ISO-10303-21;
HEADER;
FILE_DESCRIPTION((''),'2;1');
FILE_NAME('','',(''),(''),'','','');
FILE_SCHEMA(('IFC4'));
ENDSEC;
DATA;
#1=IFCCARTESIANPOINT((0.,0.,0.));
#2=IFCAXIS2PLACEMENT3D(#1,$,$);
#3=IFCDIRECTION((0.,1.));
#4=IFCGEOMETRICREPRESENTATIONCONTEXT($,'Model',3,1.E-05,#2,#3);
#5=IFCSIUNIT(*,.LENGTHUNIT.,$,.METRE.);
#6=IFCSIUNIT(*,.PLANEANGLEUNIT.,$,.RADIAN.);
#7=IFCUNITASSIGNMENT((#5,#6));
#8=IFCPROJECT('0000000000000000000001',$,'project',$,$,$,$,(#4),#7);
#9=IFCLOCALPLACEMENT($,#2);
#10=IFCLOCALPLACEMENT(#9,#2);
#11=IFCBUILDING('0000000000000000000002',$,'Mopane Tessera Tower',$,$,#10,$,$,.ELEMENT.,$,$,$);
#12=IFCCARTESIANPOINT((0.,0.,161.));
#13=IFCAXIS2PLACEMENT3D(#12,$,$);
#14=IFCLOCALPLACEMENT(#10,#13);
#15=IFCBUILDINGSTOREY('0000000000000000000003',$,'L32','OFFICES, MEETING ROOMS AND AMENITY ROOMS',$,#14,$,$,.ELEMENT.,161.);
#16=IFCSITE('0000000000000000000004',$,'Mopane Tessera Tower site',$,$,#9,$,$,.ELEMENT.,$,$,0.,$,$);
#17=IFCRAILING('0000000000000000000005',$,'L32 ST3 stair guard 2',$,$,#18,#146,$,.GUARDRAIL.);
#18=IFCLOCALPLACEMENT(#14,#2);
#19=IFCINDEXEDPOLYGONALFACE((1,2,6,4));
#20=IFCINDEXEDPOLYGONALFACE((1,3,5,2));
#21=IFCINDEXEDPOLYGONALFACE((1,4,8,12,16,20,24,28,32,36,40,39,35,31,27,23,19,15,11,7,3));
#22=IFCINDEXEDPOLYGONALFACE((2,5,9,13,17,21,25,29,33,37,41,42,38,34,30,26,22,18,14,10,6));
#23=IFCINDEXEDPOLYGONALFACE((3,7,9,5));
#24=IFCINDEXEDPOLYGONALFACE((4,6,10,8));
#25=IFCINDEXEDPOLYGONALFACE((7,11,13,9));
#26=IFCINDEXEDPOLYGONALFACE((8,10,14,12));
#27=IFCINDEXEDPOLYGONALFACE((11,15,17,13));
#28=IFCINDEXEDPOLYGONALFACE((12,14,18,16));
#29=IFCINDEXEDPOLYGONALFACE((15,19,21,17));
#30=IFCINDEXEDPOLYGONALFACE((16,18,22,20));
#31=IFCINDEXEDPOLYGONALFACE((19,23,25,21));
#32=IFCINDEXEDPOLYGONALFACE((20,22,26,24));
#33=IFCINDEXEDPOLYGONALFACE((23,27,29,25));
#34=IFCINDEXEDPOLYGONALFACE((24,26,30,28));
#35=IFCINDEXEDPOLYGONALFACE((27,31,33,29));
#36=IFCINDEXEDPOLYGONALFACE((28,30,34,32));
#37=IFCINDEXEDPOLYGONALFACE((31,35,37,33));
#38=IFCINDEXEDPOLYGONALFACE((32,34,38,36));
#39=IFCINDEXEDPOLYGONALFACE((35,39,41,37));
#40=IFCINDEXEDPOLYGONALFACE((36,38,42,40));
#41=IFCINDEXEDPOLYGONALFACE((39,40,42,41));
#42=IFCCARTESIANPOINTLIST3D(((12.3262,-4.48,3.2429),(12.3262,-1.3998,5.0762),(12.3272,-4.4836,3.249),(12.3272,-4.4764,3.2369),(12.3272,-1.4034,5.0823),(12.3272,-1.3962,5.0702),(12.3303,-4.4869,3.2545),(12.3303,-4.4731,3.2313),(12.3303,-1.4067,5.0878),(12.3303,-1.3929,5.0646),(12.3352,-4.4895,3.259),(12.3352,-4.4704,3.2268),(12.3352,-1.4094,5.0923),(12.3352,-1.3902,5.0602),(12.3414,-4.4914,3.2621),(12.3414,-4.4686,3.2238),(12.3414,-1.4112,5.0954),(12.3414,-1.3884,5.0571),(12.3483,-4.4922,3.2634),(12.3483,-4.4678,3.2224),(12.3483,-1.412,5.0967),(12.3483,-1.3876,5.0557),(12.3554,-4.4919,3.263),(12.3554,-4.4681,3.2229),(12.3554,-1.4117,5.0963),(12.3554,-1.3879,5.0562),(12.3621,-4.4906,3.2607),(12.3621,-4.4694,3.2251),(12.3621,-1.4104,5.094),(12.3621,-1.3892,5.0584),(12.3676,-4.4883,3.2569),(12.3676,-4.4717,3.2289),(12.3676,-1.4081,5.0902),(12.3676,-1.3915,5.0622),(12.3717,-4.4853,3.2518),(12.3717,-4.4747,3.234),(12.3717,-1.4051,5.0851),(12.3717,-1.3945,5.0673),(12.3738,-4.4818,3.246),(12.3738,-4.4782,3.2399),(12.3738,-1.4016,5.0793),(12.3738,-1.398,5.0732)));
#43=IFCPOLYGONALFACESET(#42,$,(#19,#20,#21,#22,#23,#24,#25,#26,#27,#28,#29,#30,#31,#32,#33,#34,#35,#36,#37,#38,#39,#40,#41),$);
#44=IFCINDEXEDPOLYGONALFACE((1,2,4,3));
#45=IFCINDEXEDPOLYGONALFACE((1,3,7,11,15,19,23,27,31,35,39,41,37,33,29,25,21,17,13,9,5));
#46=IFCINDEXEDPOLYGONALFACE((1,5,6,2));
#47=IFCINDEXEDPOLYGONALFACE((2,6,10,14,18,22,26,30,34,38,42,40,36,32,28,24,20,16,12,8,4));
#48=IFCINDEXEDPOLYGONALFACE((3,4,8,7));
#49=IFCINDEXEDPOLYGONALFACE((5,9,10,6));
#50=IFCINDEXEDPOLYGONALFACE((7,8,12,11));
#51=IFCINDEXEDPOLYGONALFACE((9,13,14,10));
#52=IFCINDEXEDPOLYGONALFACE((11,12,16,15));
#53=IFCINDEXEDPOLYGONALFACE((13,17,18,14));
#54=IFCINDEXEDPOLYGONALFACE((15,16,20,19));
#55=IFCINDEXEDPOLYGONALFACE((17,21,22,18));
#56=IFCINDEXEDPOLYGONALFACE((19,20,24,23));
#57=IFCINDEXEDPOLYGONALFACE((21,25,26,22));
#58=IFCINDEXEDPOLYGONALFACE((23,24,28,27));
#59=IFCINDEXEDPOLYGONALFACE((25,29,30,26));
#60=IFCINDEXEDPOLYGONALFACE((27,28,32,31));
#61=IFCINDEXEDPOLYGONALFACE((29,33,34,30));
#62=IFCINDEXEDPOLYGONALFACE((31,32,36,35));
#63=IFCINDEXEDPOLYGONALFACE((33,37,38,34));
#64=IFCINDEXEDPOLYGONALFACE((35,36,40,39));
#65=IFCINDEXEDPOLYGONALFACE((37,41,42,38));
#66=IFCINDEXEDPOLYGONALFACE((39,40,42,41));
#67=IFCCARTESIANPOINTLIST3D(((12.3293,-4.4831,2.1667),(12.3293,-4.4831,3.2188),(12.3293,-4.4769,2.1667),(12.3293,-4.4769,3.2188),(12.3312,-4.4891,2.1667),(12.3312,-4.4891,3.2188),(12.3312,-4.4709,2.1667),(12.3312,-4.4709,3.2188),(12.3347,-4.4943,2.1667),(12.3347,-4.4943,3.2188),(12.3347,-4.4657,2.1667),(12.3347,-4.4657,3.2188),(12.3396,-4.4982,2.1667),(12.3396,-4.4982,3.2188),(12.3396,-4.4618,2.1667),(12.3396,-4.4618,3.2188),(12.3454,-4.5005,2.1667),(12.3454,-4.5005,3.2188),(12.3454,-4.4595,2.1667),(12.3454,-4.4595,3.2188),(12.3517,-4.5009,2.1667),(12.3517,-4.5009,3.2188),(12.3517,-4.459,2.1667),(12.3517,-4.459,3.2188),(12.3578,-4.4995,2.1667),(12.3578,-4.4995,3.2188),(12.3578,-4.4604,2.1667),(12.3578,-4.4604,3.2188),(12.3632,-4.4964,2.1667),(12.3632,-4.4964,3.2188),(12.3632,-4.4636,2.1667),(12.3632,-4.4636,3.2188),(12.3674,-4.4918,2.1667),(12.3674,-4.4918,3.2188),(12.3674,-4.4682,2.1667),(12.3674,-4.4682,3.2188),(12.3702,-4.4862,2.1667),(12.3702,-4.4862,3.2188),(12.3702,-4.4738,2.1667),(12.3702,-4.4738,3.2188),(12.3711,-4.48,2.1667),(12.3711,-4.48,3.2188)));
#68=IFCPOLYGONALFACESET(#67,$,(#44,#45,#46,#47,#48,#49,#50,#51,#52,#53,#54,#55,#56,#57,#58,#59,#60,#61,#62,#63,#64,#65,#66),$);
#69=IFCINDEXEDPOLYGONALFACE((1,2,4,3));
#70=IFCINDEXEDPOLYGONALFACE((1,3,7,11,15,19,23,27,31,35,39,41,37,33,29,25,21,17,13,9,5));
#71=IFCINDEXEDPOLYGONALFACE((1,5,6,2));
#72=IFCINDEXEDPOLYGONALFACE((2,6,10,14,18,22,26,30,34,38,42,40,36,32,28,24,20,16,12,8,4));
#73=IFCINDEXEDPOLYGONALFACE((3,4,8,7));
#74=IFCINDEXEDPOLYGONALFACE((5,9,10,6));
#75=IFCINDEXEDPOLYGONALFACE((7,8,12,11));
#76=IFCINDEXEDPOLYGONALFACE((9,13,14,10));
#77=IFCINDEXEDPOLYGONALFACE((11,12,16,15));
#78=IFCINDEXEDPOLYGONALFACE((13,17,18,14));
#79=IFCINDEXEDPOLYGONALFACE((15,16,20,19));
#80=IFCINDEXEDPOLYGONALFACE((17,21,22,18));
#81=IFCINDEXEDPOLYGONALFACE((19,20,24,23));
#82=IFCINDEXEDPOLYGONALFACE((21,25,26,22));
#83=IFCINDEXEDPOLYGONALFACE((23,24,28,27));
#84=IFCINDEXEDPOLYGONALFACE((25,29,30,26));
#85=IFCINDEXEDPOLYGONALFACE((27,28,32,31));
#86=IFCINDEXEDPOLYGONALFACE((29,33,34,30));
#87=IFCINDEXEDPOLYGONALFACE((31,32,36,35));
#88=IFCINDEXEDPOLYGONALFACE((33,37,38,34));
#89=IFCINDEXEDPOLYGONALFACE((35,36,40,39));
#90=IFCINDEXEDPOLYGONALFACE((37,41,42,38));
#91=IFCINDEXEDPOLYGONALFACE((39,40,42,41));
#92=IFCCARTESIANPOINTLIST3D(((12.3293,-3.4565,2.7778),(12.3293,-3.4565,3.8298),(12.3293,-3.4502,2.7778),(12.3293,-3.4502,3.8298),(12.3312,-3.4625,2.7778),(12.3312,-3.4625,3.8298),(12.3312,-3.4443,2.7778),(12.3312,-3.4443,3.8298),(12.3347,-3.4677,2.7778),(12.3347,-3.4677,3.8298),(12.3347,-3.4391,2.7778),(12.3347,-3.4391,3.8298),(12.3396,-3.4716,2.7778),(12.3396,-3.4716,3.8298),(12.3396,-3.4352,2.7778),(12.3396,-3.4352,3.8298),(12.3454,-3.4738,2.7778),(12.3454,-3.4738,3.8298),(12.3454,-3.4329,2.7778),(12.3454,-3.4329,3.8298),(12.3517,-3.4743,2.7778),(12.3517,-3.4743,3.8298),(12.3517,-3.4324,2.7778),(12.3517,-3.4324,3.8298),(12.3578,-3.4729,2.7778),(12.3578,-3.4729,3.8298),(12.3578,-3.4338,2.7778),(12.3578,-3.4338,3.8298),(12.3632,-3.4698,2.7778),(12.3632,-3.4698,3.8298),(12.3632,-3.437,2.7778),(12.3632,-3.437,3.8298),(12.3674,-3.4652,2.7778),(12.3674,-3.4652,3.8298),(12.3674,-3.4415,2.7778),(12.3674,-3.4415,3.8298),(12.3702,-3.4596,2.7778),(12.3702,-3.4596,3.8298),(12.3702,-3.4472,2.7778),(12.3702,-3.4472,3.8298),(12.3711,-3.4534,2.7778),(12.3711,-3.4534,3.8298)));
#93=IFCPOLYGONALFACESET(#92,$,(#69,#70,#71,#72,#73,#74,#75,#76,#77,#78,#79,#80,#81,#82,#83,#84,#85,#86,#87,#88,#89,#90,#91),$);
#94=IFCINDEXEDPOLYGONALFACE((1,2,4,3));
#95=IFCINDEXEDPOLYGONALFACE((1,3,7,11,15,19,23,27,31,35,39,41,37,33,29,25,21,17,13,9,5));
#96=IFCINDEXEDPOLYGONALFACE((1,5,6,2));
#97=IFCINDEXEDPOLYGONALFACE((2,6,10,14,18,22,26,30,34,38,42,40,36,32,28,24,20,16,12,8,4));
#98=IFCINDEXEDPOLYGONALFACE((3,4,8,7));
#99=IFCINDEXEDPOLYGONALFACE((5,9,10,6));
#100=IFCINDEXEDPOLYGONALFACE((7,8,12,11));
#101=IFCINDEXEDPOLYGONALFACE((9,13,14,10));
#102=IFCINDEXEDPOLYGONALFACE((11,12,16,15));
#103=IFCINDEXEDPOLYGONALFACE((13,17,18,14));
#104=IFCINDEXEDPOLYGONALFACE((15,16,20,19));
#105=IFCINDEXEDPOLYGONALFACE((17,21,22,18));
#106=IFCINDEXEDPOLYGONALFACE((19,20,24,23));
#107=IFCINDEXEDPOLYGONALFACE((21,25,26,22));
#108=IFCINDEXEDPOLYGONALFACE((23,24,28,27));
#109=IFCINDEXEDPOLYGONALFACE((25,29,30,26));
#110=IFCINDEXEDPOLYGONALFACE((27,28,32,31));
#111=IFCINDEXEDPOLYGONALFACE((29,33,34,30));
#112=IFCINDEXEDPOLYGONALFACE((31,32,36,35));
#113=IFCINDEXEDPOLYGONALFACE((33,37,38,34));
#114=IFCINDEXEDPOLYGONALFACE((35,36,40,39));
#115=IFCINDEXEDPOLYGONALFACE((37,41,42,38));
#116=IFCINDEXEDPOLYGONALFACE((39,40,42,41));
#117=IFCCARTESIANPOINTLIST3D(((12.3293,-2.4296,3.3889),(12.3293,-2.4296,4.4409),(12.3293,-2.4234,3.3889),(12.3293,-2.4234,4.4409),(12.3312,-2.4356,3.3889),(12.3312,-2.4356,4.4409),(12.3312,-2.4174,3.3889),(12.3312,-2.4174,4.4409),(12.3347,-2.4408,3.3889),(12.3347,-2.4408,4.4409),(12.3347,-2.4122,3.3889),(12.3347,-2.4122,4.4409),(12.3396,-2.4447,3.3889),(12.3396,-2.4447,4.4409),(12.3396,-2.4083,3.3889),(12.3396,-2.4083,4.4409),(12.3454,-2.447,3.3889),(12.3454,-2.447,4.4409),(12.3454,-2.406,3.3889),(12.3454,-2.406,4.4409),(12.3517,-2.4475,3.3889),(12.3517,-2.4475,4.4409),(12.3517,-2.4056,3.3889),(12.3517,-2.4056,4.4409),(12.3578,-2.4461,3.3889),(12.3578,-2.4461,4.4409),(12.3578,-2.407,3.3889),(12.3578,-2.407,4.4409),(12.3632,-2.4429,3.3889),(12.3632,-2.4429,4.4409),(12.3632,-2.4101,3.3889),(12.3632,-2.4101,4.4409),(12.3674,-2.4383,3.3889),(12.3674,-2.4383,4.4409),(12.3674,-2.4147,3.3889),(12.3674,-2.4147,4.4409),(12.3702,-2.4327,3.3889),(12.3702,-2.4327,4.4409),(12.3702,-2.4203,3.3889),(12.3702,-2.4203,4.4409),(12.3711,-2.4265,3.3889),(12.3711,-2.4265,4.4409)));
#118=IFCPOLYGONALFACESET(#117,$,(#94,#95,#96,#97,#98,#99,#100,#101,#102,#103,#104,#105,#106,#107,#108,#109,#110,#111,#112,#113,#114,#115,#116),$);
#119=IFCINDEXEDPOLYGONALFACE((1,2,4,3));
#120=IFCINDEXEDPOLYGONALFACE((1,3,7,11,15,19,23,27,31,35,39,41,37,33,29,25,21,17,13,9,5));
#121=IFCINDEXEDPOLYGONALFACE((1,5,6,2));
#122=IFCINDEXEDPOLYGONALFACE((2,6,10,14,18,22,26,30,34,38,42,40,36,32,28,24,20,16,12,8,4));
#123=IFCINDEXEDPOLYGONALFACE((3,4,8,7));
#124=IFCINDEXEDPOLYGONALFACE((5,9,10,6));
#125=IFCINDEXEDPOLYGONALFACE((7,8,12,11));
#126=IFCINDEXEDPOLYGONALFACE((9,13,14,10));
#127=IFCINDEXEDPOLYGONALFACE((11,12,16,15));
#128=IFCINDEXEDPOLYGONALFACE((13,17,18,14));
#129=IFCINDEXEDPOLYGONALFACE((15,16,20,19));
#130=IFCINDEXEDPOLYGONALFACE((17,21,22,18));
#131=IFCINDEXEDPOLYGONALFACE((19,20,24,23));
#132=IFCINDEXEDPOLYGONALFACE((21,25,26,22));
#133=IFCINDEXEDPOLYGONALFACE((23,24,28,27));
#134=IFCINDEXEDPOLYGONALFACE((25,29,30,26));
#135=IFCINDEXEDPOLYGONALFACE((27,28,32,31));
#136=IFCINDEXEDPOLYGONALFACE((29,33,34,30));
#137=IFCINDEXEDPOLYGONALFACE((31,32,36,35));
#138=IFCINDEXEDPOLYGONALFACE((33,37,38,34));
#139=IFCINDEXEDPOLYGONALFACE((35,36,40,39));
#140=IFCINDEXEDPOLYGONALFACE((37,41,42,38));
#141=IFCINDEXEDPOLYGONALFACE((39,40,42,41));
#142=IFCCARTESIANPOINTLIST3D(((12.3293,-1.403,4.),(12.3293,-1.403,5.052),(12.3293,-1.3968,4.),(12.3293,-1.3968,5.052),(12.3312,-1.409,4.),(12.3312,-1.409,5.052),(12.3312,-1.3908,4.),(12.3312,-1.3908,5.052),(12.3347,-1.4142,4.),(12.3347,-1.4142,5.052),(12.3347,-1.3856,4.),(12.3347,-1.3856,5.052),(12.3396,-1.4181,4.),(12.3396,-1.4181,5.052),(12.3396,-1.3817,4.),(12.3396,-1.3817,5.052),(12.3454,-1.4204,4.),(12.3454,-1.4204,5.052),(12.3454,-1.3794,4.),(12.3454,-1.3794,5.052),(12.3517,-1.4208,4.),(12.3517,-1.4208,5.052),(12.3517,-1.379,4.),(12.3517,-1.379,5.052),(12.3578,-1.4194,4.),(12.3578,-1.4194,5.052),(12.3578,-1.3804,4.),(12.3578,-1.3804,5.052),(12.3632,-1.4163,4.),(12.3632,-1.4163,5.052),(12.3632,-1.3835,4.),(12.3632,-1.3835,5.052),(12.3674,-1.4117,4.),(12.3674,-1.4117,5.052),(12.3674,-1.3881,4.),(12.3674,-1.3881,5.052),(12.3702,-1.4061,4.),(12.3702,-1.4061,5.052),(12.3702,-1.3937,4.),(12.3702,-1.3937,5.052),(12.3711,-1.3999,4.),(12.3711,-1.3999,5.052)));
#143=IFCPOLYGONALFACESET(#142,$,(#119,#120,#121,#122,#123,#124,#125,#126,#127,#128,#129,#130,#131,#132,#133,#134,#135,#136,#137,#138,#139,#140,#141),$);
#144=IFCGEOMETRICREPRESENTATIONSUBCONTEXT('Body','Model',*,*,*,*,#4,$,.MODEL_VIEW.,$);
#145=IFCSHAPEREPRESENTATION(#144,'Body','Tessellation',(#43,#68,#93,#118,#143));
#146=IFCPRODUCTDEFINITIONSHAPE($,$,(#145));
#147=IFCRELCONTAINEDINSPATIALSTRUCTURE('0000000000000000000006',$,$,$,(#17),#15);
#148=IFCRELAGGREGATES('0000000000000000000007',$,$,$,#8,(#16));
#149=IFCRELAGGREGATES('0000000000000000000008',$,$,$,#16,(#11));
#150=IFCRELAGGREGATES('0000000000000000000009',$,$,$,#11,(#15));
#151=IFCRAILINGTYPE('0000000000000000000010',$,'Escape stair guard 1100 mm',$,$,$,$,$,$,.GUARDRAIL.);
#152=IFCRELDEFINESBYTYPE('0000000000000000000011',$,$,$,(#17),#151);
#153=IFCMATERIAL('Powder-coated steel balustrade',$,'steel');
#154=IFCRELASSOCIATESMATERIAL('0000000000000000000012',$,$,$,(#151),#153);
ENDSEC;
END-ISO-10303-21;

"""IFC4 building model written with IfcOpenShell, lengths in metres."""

from ifc_helpers import new_model, si_unit, direction, frame, origin, origin_2d, place, context, subcontext, project, spatial, circle, extrude, material, type_object, element, save


model = new_model("IFC4")

# Units and contexts
model_context = context("Model", 3, precision=1e-05, world=origin(), true_north=direction((0.0, 1.0)))
body_context = subcontext(model_context, "Body", "Model", "MODEL_VIEW")
ifc_project = project(units=[si_unit("LENGTHUNIT", "METRE"), si_unit("PLANEANGLEUNIT", "RADIAN")], contexts=[model_context])

# Site, building, storey
site_placement = place(None, origin())
site = spatial("IfcSite", under=ifc_project, at=site_placement, Name="Mopane Tessera Tower site", CompositionType="ELEMENT", RefElevation=0.0)
building_placement = place(site_placement, origin())
building = spatial("IfcBuilding", under=site, at=building_placement, Name="Mopane Tessera Tower", CompositionType="ELEMENT")
storey_placement = place(building_placement, frame((0.0, 0.0, 161.0)))
storey = spatial("IfcBuildingStorey", under=building, at=storey_placement, Name="L32", Description="OFFICES, MEETING ROOMS AND AMENITY ROOMS", CompositionType="ELEMENT", Elevation=161.0)

# Railing
ifc_material_1 = material(Name="Powder-coated steel balustrade", Category="steel")
railing_type_1 = type_object("IfcRailingType", Name="Escape stair guard 1100 mm", PredefinedType="GUARDRAIL", material=ifc_material_1)
railing_1_placement = place(storey_placement, frame((12.3501, -4.48, 2.1667)))
element("IfcRailing", 1, at=railing_1_placement, inside=storey, type_object=railing_type_1, Name="L32 ST3 stair guard 2", PredefinedType="GUARDRAIL", context=body_context, shape_type="SweptSolid", body=[
    extrude(circle(Radius=0.0239, at=origin_2d()), frame((0.0, 0.0, 1.0762), z_axis=(0.0, 0.859309, 0.511458), x_axis=(-1.0, 0.0, 0.0)), (0.0, 0.0, 1.0), 3.5845),
    extrude(circle(Radius=0.021, at=origin_2d()), origin(), (0.0, 0.0, 1.0), 1.052),
    extrude(circle(Radius=0.021, at=origin_2d()), frame((0.0, 1.0266, 0.6111)), (0.0, 0.0, 1.0), 1.052),
    extrude(circle(Radius=0.021, at=origin_2d()), frame((0.0, 2.0535, 1.2222)), (0.0, 0.0, 1.0), 1.052),
    extrude(circle(Radius=0.021, at=origin_2d()), frame((0.0, 3.0801, 1.8333)), (0.0, 0.0, 1.0), 1.052),
])

save(model, "model.ifc")
